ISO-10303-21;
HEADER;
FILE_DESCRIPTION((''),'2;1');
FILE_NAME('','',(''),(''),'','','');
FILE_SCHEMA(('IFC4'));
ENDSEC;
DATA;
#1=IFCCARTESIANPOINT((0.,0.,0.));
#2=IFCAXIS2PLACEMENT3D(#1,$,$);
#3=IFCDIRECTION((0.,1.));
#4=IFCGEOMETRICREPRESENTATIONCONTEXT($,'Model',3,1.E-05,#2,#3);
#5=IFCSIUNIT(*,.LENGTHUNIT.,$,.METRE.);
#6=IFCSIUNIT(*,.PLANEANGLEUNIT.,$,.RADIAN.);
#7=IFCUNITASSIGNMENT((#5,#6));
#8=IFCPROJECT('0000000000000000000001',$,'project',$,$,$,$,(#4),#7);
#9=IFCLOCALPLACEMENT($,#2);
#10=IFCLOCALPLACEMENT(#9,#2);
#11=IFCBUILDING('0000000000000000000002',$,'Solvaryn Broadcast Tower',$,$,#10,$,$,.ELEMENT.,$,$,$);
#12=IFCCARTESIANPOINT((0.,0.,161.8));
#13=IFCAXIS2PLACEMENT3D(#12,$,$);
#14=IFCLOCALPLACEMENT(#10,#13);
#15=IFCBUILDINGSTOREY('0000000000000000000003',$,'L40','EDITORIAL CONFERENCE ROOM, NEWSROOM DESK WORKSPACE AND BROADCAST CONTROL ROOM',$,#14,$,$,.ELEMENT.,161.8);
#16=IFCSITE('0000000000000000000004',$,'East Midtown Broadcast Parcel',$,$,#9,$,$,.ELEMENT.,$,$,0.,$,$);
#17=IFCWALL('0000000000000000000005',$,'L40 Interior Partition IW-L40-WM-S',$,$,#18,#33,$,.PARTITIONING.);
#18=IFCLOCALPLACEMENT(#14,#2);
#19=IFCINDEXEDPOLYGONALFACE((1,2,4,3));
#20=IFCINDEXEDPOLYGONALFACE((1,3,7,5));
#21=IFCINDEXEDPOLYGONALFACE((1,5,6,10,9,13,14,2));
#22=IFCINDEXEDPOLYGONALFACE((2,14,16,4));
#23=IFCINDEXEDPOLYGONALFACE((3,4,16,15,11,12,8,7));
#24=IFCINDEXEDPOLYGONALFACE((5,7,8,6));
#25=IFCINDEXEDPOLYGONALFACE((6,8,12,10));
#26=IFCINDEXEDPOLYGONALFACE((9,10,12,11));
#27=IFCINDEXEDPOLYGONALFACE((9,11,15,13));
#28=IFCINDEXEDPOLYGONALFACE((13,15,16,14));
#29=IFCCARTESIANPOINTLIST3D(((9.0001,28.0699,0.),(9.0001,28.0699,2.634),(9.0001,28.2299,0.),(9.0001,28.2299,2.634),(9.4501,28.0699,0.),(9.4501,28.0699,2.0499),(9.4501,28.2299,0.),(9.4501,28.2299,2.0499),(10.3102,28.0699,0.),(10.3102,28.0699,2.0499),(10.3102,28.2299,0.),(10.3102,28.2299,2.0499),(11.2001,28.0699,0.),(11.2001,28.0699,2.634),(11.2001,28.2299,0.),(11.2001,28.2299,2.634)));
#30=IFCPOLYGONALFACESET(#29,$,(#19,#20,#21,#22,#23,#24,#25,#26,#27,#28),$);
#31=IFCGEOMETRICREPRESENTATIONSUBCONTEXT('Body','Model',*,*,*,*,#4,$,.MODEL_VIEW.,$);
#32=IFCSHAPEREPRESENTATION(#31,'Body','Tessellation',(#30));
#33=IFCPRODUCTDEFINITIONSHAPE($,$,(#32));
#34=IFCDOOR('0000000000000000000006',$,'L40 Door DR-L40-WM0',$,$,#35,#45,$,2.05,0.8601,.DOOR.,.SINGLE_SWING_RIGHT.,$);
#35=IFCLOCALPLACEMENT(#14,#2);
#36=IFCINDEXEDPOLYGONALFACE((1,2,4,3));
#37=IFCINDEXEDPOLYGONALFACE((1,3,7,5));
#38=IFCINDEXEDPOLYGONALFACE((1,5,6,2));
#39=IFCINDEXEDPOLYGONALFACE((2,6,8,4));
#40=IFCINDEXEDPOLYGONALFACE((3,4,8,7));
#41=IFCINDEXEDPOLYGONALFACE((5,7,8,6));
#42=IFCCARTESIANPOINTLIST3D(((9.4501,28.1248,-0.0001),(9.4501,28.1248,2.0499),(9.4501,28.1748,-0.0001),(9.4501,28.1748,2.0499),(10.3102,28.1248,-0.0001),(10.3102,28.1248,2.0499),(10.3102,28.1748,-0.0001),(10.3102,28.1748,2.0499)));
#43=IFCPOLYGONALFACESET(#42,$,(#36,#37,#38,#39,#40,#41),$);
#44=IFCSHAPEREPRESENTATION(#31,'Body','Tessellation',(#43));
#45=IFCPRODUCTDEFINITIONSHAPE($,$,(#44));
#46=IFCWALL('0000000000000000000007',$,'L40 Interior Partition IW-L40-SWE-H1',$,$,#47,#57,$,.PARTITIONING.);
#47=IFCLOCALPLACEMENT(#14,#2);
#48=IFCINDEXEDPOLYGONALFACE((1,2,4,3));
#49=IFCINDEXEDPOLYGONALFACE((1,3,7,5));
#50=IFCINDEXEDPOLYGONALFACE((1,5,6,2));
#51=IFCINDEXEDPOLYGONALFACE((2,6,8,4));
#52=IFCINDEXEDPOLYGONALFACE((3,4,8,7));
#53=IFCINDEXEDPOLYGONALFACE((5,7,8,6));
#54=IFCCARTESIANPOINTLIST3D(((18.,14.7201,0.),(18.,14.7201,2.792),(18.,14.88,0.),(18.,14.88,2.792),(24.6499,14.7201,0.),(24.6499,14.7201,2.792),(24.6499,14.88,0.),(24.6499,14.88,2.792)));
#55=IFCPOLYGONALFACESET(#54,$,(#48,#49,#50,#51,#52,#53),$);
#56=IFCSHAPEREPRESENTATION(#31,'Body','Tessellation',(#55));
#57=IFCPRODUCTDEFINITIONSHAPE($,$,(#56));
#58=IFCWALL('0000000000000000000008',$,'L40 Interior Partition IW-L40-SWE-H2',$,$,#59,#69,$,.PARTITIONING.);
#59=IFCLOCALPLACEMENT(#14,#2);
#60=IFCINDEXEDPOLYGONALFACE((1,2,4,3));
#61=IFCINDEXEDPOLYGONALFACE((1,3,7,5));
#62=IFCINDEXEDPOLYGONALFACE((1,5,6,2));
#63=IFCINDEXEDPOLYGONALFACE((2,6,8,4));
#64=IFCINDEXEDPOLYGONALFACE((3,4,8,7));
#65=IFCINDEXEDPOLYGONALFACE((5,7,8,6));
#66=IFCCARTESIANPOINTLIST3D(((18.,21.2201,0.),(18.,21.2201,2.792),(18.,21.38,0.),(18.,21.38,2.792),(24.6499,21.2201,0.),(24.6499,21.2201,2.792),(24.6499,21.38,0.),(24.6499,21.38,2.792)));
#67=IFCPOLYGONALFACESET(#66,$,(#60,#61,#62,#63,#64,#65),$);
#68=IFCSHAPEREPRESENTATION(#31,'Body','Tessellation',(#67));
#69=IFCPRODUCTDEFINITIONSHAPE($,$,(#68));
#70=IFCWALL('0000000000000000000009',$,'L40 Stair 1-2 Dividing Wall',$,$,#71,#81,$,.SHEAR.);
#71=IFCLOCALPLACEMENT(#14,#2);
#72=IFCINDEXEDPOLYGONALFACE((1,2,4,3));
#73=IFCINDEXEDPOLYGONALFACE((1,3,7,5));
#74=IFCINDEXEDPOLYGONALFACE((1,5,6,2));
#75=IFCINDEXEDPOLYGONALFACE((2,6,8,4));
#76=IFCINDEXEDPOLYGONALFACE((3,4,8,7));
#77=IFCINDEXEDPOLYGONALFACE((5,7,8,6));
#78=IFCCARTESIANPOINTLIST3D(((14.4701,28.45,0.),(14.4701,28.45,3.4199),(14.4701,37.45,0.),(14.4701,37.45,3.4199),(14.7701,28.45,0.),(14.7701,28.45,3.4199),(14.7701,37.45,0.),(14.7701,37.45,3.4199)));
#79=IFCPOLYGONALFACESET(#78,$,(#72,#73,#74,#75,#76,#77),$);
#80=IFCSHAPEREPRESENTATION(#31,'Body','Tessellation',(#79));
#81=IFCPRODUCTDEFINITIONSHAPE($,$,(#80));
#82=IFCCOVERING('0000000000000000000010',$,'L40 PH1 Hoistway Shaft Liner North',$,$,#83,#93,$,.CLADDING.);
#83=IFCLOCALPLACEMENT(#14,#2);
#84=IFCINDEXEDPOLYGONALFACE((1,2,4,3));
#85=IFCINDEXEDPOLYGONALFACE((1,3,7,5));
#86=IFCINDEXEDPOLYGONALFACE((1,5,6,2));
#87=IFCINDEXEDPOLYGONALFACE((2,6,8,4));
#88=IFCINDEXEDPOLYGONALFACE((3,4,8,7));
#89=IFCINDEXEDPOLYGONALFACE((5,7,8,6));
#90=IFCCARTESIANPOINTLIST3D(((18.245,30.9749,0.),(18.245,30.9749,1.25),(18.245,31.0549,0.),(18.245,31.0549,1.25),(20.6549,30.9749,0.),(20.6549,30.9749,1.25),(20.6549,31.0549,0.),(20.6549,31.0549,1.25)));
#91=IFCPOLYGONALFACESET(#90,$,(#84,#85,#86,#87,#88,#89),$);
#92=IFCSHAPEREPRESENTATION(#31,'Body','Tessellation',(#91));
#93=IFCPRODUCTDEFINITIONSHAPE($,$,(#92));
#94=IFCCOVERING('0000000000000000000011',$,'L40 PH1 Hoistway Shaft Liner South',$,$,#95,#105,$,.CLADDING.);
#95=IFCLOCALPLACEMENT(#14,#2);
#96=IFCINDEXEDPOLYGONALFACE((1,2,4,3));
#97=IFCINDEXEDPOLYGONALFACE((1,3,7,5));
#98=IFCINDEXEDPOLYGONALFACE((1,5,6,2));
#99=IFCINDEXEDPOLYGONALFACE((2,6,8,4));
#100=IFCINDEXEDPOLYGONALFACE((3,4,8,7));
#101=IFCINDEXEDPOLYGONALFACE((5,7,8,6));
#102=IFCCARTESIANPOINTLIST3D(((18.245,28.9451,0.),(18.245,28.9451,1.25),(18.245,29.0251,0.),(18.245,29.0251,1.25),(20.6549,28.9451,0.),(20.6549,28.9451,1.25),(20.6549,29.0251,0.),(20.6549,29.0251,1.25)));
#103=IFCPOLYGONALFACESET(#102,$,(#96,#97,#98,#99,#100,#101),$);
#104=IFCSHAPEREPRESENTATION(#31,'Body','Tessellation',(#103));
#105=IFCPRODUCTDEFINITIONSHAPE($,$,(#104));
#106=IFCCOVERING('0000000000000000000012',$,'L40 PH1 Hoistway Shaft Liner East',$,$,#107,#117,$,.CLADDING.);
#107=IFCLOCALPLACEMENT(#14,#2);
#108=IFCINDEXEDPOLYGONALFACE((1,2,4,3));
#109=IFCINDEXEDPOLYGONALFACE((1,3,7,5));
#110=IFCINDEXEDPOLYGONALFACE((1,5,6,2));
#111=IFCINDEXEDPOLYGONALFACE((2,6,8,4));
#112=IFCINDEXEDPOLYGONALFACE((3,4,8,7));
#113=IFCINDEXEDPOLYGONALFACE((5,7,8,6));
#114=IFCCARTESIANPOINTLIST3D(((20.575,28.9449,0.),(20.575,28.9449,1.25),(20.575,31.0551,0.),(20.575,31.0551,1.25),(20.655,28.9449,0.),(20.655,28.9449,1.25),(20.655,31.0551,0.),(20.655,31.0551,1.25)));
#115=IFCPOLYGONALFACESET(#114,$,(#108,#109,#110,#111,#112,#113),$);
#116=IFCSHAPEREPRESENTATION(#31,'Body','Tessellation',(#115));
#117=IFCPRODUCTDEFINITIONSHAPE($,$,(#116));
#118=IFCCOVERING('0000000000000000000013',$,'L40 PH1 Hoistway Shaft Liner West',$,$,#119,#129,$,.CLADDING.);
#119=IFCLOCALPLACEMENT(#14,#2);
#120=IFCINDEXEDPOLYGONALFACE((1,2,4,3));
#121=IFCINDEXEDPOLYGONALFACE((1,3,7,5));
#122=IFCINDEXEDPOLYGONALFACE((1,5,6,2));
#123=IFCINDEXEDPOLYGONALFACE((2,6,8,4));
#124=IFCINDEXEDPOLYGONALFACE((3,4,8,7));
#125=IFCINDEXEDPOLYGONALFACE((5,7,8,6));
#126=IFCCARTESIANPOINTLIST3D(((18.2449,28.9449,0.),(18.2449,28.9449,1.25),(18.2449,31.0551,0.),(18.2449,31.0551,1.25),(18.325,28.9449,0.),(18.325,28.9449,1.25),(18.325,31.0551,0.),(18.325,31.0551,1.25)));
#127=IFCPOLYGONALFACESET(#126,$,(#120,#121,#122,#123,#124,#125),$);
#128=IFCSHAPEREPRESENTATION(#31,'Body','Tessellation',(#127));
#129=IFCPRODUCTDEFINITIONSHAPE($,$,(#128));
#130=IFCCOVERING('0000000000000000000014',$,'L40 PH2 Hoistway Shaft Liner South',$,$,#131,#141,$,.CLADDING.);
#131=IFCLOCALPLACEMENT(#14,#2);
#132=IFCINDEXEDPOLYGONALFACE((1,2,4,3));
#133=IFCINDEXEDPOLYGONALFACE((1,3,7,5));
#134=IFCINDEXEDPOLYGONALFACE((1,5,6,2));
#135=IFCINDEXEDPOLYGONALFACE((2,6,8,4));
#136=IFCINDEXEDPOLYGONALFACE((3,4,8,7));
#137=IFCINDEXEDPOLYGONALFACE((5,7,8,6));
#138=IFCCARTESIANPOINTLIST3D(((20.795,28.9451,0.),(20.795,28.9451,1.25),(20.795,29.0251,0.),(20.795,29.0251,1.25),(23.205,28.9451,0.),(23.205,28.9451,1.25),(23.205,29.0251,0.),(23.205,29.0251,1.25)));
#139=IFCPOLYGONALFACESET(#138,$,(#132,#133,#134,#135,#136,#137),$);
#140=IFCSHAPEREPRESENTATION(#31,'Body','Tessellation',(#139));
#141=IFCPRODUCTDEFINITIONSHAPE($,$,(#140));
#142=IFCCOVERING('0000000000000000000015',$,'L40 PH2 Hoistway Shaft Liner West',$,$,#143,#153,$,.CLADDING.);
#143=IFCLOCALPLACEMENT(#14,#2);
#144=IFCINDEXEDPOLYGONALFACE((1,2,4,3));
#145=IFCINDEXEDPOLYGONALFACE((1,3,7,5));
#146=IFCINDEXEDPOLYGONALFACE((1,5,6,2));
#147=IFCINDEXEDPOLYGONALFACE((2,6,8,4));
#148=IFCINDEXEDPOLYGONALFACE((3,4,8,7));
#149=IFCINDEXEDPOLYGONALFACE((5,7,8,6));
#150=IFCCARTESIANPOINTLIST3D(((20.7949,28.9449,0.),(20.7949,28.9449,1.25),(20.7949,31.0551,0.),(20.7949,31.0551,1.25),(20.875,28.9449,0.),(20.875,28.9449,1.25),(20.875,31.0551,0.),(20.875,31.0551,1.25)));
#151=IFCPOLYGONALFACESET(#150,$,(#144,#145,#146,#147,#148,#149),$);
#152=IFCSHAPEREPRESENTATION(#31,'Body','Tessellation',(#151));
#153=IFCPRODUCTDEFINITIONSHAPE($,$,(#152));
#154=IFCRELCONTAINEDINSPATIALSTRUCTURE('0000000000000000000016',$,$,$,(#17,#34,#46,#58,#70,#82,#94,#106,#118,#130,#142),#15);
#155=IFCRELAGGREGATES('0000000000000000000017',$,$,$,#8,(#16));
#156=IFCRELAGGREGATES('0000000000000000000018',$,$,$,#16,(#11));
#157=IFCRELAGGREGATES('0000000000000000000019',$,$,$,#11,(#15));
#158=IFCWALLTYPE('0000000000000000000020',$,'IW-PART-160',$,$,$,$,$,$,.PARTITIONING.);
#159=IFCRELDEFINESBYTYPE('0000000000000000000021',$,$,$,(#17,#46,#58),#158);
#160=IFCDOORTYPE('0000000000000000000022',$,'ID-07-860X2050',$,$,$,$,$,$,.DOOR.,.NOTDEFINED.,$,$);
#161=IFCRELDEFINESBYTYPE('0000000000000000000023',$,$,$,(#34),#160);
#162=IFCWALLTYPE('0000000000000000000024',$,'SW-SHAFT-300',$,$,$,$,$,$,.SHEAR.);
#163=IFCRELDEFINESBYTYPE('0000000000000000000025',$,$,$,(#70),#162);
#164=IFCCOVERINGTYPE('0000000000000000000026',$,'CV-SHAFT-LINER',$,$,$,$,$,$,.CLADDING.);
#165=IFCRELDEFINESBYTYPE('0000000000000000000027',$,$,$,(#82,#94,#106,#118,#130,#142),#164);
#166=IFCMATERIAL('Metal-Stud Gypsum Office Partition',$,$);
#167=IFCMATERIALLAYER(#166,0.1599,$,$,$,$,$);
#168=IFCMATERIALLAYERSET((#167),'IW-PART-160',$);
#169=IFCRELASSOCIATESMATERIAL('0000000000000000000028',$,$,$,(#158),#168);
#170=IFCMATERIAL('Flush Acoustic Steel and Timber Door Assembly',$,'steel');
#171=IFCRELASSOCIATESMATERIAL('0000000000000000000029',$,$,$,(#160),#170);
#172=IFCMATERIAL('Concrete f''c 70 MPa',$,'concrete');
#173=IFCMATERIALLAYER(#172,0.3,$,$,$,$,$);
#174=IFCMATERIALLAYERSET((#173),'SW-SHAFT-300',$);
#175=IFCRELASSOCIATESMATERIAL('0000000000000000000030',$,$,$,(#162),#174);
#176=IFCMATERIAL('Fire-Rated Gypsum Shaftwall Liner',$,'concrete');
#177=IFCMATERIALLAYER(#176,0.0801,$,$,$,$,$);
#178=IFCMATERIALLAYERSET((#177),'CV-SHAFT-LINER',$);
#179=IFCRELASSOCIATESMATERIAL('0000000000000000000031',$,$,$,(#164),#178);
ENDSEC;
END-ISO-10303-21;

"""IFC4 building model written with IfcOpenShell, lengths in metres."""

from ifc_helpers import new_model, si_unit, direction, frame, frame_2d, origin, origin_2d, place, context, subcontext, project, spatial, rectangle, extrude, material, layer, layer_set, type_object, element, fill, save


model = new_model("IFC4")

# Units and contexts
model_context = context("Model", 3, precision=1e-05, world=origin(), true_north=direction((0.0, 1.0)))
body_context = subcontext(model_context, "Body", "Model", "MODEL_VIEW")
ifc_project = project(units=[si_unit("LENGTHUNIT", "METRE"), si_unit("PLANEANGLEUNIT", "RADIAN")], contexts=[model_context])

# Site, building, storey
site_placement = place(None, origin())
site = spatial("IfcSite", under=ifc_project, at=site_placement, Name="East Midtown Broadcast Parcel", CompositionType="ELEMENT", RefElevation=0.0)
building_placement = place(site_placement, origin())
building = spatial("IfcBuilding", under=site, at=building_placement, Name="Solvaryn Broadcast Tower", CompositionType="ELEMENT")
storey_placement = place(building_placement, frame((0.0, 0.0, 161.8)))
storey = spatial("IfcBuildingStorey", under=building, at=storey_placement, Name="L40", Description="EDITORIAL CONFERENCE ROOM, NEWSROOM DESK WORKSPACE AND BROADCAST CONTROL ROOM", CompositionType="ELEMENT", Elevation=161.8)

# Wall, opening, door
ifc_material_1 = material(Name="Metal-Stud Gypsum Office Partition")
ifc_layer_1 = layer(ifc_material_1, 0.1599)
ifc_layer_set_1 = layer_set([ifc_layer_1], Name="IW-PART-160")
wall_type_1 = type_object("IfcWallType", Name="IW-PART-160", PredefinedType="PARTITIONING", material=ifc_layer_set_1)
wall_1_placement = place(storey_placement, frame((9.0, 28.1499, 0.0), z_axis=(0.0, 0.0, 1.0), x_axis=(1.0, 0.0, 0.0)))
wall_1 = element("IfcWall", 1, at=wall_1_placement, inside=storey, type_object=wall_type_1, Name="L40 Interior Partition IW-L40-WM-S", PredefinedType="PARTITIONING", context=body_context, shape_type="SweptSolid", body=[
    extrude(rectangle(XDim=2.2, YDim=0.1599, at=frame_2d((1.1001, 0.0))), origin(), (0.0, 0.0, 1.0), 2.634),
])
opening_placement = place(wall_1_placement, frame((0.45, 0.0, 0.0)))
opening = element("IfcOpeningElement", 2, at=opening_placement, cuts=wall_1, PredefinedType="OPENING", context=body_context, shape_type="SweptSolid", body=[
    extrude(rectangle(XDim=0.8601, YDim=2.05, at=frame_2d((0.4302, 1.0249))), frame((0.0, 0.0901, 0.0), z_axis=(0.0, -1.0, 0.0), x_axis=(1.0, 0.0, 0.0)), (0.0, 0.0, 1.0), 0.1799),
])
ifc_material_2 = material(Name="Flush Acoustic Steel and Timber Door Assembly", Category="steel")
door_type = type_object("IfcDoorType", Name="ID-07-860X2050", OperationType="NOTDEFINED", PredefinedType="DOOR", material=ifc_material_2)
door_placement = place(opening_placement, origin())
door = element("IfcDoor", 3, at=door_placement, inside=storey, type_object=door_type, Name="L40 Door DR-L40-WM0", OperationType="SINGLE_SWING_RIGHT", OverallHeight=2.05, OverallWidth=0.8601, PredefinedType="DOOR", context=body_context, shape_type="SweptSolid", body=[
    extrude(rectangle(XDim=0.8601, YDim=2.05, at=frame_2d((0.4302, 1.0249))), frame((0.0, 0.0249, 0.0), z_axis=(0.0, -1.0, 0.0), x_axis=(1.0, 0.0, 0.0)), (0.0, 0.0, 1.0), 0.05),
])
fill(opening, door)

# Walls
for number, where, z_axis, x_axis, name in (
    (4, (18.0, 14.8, 0.0), (0.0, 0.0, 1.0), (1.0, 0.0, 0.0), "L40 Interior Partition IW-L40-SWE-H1"),
    (5, (18.0, 21.3, 0.0), (0.0, 0.0, 1.0), (1.0, 0.0, 0.0), "L40 Interior Partition IW-L40-SWE-H2"),
):
    element("IfcWall", number, at=place(storey_placement, frame(where, z_axis=z_axis, x_axis=x_axis)), inside=storey, type_object=wall_type_1, Name=name, PredefinedType="PARTITIONING", context=body_context, shape_type="SweptSolid", body=[
        extrude(rectangle(XDim=6.6499, YDim=0.1599, at=frame_2d((3.325, 0.0))), origin(), (0.0, 0.0, 1.0), 2.792),
    ])
ifc_material_3 = material(Name="Concrete f'c 70 MPa", Category="concrete")
ifc_layer_2 = layer(ifc_material_3, 0.3)
ifc_layer_set_2 = layer_set([ifc_layer_2], Name="SW-SHAFT-300")
wall_type_2 = type_object("IfcWallType", Name="SW-SHAFT-300", PredefinedType="SHEAR", material=ifc_layer_set_2)
wall_2_placement = place(storey_placement, frame((14.6201, 28.45, 0.0), z_axis=(0.0, 0.0, 1.0), x_axis=(0.0, 1.0, 0.0)))
element("IfcWall", 6, at=wall_2_placement, inside=storey, type_object=wall_type_2, Name="L40 Stair 1-2 Dividing Wall", PredefinedType="SHEAR", context=body_context, shape_type="SweptSolid", body=[
    extrude(rectangle(XDim=9.0, YDim=0.3, at=frame_2d((4.5, 0.0))), origin(), (0.0, 0.0, 1.0), 3.4199),
])

# Coverings
ifc_material_4 = material(Name="Fire-Rated Gypsum Shaftwall Liner", Category="concrete")
ifc_layer_3 = layer(ifc_material_4, 0.0801)
ifc_layer_set_3 = layer_set([ifc_layer_3], Name="CV-SHAFT-LINER")
covering_type = type_object("IfcCoveringType", Name="CV-SHAFT-LINER", PredefinedType="CLADDING", material=ifc_layer_set_3)
for number, where, z_axis, x_axis, name in (
    (7, (19.45, 31.0149, 0.0), (0.0, 0.0, 1.0), (1.0, 0.0, 0.0), "L40 PH1 Hoistway Shaft Liner North"),
    (8, (19.45, 28.9851, 0.0), (0.0, 0.0, 1.0), (1.0, 0.0, 0.0), "L40 PH1 Hoistway Shaft Liner South"),
):
    element("IfcCovering", number, at=place(storey_placement, frame(where, z_axis=z_axis, x_axis=x_axis)), inside=storey, type_object=covering_type, Name=name, PredefinedType="CLADDING", context=body_context, shape_type="SweptSolid", body=[
        extrude(rectangle(XDim=2.4099, YDim=0.0801, at=origin_2d()), origin(), (0.0, 0.0, 1.0), 1.25),
    ])
for number, where, z_axis, x_axis, name in (
    (9, (20.615, 30.0, 0.0), (0.0, 0.0, 1.0), (1.0, 0.0, 0.0), "L40 PH1 Hoistway Shaft Liner East"),
    (10, (18.2849, 30.0, 0.0), (0.0, 0.0, 1.0), (1.0, 0.0, 0.0), "L40 PH1 Hoistway Shaft Liner West"),
):
    element("IfcCovering", number, at=place(storey_placement, frame(where, z_axis=z_axis, x_axis=x_axis)), inside=storey, type_object=covering_type, Name=name, PredefinedType="CLADDING", context=body_context, shape_type="SweptSolid", body=[
        extrude(rectangle(XDim=0.0801, YDim=2.1101, at=origin_2d()), origin(), (0.0, 0.0, 1.0), 1.25),
    ])
covering_1_placement = place(storey_placement, frame((22.0, 28.9851, 0.0), z_axis=(0.0, 0.0, 1.0), x_axis=(1.0, 0.0, 0.0)))
element("IfcCovering", 11, at=covering_1_placement, inside=storey, type_object=covering_type, Name="L40 PH2 Hoistway Shaft Liner South", PredefinedType="CLADDING", context=body_context, shape_type="SweptSolid", body=[
    extrude(rectangle(XDim=2.4099, YDim=0.0801, at=origin_2d()), origin(), (0.0, 0.0, 1.0), 1.25),
])
covering_2_placement = place(storey_placement, frame((20.835, 30.0, 0.0), z_axis=(0.0, 0.0, 1.0), x_axis=(1.0, 0.0, 0.0)))
element("IfcCovering", 12, at=covering_2_placement, inside=storey, type_object=covering_type, Name="L40 PH2 Hoistway Shaft Liner West", PredefinedType="CLADDING", context=body_context, shape_type="SweptSolid", body=[
    extrude(rectangle(XDim=0.0801, YDim=2.1101, at=origin_2d()), origin(), (0.0, 0.0, 1.0), 1.25),
])

save(model, "model.ifc")
